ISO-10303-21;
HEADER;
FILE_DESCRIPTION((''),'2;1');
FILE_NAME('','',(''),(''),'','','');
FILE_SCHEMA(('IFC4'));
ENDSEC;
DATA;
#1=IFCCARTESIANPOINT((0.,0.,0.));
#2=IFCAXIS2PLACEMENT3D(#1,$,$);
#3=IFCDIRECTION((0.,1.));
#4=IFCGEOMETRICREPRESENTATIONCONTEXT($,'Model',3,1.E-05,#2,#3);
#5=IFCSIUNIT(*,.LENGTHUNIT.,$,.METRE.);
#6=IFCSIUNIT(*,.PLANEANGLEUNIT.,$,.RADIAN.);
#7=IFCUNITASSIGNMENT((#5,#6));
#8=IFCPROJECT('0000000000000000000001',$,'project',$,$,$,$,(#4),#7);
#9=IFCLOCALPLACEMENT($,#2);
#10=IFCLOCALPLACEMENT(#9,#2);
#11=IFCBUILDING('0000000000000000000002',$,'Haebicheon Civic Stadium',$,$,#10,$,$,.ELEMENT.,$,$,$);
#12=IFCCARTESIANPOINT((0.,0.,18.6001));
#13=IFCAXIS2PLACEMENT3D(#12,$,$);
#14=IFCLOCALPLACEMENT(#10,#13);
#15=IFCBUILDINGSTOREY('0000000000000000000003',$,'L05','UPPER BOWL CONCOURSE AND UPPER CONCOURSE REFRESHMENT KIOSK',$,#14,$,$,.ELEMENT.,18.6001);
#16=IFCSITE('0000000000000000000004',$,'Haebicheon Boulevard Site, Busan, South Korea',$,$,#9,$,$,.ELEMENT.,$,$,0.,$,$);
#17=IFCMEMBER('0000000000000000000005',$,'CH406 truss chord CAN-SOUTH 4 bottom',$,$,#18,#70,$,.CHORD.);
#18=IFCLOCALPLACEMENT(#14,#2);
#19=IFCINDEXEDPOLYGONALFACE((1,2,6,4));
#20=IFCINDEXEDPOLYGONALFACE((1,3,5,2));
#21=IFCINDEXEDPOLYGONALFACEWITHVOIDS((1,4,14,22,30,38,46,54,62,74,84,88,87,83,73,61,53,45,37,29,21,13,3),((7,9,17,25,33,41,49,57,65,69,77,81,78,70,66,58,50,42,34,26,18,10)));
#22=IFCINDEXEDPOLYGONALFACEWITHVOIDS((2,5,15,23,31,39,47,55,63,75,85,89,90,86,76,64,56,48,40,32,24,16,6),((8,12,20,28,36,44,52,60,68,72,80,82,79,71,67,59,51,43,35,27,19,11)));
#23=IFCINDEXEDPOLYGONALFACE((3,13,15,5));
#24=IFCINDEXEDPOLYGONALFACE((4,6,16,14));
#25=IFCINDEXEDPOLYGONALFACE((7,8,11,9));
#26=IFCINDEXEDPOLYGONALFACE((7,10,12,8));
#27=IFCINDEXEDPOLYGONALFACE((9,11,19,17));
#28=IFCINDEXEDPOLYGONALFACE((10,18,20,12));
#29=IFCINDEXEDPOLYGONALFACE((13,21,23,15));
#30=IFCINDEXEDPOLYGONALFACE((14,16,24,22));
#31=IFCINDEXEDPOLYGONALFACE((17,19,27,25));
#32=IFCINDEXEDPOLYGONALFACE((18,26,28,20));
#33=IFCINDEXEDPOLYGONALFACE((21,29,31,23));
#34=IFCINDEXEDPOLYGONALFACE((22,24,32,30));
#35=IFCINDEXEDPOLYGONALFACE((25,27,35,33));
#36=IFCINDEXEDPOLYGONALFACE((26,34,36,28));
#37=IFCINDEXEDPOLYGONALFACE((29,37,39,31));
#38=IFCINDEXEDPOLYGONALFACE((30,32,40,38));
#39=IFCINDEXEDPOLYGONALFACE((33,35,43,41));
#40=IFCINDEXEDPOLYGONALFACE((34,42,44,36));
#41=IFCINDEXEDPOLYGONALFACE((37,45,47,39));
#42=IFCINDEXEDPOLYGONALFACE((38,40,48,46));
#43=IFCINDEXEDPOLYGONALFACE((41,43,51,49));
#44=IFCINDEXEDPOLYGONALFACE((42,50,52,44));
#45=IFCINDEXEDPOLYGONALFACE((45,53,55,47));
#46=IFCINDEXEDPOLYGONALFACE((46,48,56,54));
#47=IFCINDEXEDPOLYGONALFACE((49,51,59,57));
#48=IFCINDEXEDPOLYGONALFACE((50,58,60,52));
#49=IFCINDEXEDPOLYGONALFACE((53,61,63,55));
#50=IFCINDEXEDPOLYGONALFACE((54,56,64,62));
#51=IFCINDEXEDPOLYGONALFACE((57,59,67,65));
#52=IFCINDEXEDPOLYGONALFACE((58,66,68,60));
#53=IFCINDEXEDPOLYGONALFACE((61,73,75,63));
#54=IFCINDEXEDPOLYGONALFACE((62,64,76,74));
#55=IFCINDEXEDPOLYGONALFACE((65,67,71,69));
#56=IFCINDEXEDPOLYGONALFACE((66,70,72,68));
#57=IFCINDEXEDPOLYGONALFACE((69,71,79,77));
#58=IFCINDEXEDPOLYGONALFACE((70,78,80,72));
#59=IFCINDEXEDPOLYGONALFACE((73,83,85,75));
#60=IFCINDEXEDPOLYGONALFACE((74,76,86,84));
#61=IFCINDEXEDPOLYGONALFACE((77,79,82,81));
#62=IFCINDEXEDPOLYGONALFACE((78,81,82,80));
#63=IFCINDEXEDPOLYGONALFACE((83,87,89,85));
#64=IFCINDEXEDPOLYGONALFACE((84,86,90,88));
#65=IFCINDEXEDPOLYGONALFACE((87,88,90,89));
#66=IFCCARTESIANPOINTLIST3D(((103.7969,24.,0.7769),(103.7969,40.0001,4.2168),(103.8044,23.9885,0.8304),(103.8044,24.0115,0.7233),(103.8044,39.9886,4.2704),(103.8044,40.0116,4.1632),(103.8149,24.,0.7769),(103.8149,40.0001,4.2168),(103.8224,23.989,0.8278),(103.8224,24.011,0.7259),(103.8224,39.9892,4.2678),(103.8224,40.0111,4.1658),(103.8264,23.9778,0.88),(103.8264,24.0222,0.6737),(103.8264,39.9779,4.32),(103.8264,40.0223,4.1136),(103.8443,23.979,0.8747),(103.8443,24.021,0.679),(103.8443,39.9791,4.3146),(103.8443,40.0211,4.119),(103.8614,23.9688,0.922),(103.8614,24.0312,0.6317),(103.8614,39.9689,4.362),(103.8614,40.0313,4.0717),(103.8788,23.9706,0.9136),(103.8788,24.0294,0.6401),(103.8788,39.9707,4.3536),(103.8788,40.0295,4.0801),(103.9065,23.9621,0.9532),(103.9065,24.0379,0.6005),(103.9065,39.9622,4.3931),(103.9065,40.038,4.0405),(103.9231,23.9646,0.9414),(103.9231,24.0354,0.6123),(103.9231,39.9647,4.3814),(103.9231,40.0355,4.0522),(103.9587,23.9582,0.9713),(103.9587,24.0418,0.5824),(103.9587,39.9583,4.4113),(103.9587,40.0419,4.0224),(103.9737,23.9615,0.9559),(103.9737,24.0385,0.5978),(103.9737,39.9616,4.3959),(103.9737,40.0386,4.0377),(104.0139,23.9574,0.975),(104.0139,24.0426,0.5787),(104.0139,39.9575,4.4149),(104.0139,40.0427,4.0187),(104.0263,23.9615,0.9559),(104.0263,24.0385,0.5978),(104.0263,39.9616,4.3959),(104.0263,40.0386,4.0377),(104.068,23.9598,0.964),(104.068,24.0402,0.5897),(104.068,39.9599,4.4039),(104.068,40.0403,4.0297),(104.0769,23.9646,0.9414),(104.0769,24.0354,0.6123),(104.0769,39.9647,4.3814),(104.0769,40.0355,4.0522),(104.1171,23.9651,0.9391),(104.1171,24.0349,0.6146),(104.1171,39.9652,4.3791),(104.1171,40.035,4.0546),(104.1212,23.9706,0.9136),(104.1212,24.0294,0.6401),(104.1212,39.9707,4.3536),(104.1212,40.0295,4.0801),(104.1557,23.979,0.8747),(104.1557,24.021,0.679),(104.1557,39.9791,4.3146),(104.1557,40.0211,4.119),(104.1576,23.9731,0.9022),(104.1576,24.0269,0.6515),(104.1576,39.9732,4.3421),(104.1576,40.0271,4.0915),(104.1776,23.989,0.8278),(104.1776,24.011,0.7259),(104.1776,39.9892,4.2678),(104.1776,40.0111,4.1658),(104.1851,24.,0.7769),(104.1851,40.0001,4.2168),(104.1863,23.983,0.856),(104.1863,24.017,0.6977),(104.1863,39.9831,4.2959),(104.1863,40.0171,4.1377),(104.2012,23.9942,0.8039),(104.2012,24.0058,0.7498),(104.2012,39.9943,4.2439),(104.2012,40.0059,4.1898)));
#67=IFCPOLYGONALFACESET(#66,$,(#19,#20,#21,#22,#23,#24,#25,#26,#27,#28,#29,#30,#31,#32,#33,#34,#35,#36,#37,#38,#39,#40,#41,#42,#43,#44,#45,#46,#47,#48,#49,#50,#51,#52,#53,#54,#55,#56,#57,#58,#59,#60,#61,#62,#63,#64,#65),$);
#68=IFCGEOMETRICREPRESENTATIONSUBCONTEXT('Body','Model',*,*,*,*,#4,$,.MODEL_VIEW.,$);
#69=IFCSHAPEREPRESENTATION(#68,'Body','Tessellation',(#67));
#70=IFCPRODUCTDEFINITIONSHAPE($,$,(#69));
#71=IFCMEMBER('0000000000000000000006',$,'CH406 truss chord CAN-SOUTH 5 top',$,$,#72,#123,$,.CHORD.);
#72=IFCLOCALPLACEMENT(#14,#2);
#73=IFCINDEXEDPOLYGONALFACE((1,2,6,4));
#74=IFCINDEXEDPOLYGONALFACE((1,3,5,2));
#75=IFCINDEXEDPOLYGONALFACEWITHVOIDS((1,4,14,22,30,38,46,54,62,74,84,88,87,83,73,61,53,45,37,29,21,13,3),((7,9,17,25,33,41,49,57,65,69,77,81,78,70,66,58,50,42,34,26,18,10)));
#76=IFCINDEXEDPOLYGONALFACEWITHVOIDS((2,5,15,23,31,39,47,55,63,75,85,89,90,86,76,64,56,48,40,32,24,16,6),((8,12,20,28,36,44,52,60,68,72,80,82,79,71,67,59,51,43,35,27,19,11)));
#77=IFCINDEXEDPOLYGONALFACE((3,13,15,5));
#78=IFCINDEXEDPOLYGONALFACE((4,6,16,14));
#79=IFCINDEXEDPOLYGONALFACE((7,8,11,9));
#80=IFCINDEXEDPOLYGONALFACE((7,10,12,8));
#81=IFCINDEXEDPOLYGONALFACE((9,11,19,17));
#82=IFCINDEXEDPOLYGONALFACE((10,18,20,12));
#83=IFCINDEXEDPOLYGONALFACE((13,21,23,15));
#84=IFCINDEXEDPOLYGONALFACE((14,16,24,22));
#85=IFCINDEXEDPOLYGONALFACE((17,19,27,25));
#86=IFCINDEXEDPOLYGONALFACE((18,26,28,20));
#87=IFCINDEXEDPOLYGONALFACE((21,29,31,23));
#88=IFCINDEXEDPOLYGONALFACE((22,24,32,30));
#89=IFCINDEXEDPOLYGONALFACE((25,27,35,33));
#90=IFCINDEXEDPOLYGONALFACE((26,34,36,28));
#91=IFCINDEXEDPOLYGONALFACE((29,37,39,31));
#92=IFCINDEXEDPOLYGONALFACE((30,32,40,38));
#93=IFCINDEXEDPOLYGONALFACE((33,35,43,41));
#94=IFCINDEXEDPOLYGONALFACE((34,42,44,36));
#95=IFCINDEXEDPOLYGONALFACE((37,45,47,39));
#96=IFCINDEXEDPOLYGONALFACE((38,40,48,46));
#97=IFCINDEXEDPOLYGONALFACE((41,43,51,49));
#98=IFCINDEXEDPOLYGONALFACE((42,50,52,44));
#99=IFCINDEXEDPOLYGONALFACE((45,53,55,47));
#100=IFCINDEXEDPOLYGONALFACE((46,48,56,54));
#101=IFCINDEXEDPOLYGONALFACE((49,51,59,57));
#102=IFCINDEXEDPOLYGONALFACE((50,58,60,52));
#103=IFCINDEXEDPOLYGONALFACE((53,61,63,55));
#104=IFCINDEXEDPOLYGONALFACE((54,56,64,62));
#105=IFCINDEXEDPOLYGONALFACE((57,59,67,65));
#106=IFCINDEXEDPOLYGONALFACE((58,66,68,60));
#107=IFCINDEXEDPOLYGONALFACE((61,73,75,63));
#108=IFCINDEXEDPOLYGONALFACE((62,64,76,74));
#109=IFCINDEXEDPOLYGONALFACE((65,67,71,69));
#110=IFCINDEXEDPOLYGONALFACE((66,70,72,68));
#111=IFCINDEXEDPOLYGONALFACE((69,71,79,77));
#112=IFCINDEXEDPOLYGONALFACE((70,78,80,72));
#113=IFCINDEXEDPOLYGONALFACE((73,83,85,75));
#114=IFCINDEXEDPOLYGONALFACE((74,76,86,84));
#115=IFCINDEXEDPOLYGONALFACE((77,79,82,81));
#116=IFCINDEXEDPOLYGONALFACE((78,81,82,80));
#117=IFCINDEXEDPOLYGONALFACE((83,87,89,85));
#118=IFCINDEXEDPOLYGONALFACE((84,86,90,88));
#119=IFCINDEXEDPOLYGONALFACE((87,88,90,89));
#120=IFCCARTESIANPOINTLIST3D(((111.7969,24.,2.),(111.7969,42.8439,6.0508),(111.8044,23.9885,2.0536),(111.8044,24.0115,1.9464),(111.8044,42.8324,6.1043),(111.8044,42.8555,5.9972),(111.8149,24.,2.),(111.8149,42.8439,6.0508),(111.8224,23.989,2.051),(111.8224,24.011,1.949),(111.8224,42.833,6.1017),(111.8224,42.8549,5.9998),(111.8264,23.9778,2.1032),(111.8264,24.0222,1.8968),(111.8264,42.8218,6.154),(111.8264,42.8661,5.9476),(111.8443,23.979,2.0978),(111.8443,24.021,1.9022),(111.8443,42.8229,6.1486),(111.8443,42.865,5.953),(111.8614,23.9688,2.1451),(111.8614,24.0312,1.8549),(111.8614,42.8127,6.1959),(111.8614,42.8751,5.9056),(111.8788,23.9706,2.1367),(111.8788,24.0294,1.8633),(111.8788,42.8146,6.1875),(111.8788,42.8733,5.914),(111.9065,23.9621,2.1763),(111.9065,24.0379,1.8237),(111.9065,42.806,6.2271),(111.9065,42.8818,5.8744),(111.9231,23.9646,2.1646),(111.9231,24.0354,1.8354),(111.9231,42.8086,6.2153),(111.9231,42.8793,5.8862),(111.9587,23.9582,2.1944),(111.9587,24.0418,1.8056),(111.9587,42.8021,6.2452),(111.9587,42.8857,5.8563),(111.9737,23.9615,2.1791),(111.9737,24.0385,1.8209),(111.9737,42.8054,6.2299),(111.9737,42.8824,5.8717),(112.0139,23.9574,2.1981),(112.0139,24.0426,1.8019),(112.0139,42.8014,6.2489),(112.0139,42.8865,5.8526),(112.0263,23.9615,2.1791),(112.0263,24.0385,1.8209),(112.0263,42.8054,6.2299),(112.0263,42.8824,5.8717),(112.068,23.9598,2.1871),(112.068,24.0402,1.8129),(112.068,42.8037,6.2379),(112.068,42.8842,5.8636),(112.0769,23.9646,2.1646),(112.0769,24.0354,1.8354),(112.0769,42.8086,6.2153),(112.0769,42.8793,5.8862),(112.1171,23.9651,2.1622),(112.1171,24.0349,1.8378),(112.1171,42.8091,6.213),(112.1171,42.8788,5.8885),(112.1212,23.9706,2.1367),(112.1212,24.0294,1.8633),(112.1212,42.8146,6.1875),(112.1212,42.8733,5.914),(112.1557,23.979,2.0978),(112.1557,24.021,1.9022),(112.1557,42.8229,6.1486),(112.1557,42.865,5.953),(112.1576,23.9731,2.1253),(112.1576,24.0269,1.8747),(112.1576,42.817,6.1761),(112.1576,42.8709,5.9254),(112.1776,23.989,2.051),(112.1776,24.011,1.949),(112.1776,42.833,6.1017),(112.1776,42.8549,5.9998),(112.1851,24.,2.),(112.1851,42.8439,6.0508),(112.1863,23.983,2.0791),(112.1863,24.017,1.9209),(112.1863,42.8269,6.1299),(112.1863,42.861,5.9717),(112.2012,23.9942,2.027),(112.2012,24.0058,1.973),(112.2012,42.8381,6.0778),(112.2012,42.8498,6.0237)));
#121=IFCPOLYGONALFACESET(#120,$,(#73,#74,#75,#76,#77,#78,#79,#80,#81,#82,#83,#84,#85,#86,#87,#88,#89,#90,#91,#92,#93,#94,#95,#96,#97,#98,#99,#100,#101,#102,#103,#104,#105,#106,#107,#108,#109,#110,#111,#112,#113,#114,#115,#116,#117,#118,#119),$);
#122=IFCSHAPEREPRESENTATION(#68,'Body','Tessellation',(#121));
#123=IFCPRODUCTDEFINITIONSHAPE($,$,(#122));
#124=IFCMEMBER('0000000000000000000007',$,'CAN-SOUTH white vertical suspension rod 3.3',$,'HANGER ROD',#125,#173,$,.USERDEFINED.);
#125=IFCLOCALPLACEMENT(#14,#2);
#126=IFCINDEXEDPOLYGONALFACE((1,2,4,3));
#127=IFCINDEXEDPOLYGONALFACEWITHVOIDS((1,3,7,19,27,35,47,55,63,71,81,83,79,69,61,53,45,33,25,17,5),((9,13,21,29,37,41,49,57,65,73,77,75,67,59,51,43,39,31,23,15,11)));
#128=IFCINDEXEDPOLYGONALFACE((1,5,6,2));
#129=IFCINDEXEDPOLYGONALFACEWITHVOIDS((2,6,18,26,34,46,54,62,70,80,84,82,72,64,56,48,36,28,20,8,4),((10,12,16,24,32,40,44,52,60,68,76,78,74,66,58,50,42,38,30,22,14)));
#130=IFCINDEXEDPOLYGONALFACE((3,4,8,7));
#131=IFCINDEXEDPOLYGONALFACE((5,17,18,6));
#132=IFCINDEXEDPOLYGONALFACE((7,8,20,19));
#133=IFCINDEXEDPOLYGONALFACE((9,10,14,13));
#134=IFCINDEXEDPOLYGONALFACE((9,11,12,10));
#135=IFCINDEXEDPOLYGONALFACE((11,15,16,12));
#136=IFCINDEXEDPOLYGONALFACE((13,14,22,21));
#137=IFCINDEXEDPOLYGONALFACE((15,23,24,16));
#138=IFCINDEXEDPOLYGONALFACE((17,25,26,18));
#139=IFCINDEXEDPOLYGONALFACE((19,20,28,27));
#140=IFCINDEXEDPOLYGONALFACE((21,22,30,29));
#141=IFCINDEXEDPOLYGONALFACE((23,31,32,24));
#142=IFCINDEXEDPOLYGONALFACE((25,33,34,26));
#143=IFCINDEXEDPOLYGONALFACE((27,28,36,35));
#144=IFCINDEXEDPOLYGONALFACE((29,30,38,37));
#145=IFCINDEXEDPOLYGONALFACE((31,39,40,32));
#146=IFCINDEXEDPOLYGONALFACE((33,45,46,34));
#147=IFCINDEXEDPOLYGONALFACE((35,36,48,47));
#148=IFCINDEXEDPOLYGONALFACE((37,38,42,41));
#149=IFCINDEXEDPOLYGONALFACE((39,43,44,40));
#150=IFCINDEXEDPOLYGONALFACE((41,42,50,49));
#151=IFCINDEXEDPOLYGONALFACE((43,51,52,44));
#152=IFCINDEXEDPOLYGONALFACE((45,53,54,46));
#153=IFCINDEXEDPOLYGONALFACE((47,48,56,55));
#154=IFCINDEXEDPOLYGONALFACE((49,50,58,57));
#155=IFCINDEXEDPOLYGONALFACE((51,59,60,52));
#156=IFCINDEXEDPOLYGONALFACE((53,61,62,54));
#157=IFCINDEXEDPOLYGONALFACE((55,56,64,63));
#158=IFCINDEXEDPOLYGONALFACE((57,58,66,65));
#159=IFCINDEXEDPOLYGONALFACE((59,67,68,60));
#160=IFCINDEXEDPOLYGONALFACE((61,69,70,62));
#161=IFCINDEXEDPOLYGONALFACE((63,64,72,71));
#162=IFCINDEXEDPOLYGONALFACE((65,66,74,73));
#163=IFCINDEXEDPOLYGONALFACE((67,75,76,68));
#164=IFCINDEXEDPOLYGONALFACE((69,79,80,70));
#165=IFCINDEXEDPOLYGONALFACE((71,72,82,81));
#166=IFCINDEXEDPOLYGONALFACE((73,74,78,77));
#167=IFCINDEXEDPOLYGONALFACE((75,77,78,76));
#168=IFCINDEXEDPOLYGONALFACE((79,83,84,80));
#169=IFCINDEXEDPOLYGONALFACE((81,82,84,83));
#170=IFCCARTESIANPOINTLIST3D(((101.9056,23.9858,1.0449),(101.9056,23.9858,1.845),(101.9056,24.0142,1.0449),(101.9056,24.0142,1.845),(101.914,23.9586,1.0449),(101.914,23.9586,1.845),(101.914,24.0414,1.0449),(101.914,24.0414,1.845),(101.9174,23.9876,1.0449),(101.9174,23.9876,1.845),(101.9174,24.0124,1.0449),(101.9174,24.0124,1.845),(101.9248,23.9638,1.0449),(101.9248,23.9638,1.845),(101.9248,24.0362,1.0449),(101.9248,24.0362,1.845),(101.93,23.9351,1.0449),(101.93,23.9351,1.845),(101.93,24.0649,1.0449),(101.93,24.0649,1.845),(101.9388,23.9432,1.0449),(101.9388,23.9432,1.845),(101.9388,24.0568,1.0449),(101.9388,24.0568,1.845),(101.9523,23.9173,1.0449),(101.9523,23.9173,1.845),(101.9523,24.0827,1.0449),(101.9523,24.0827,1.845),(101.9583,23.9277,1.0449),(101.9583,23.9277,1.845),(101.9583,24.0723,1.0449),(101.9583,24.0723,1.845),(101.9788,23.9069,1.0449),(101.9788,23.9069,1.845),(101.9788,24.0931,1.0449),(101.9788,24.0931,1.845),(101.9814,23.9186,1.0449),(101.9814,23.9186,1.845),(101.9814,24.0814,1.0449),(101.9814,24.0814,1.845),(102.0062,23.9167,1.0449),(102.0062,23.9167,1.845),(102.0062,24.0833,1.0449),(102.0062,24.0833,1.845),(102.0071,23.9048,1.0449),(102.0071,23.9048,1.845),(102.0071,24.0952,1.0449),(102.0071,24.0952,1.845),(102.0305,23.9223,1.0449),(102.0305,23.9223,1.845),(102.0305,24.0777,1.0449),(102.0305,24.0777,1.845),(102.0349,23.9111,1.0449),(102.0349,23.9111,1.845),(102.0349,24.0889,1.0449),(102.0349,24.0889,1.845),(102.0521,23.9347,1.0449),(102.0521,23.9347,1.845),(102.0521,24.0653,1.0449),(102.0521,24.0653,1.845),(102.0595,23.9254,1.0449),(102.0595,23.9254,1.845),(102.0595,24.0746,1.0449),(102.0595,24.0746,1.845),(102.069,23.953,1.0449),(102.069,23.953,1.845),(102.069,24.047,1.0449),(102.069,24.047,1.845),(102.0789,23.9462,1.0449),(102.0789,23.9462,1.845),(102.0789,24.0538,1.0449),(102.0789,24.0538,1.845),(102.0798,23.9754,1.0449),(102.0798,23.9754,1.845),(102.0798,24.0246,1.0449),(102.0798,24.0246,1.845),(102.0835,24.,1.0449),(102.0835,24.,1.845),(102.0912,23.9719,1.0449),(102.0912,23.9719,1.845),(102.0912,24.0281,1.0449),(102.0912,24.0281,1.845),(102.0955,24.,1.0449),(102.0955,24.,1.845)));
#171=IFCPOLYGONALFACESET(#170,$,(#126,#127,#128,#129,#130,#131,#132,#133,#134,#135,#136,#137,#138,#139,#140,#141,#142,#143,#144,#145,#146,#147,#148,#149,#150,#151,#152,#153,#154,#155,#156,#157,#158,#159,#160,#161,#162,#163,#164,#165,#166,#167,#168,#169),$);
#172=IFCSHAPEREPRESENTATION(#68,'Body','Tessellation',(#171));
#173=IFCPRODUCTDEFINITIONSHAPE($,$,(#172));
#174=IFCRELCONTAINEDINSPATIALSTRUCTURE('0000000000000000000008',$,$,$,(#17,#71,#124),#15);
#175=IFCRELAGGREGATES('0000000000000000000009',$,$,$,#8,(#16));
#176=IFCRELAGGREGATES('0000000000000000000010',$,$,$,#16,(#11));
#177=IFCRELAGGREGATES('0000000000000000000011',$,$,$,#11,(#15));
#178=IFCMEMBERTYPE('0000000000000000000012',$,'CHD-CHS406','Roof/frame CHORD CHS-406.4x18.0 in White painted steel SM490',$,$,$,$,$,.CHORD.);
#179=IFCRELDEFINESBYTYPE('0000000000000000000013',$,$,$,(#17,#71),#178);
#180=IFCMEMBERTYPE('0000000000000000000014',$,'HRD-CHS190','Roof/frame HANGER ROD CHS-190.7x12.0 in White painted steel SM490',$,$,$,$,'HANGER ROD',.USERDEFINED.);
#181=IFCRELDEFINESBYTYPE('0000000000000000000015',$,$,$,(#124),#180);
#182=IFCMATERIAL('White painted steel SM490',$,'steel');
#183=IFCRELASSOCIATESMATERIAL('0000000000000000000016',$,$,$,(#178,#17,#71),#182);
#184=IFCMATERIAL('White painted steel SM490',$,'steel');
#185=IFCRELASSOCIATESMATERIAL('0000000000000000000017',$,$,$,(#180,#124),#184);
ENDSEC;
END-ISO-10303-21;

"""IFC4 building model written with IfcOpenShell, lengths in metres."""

from ifc_helpers import new_model, si_unit, direction, frame, origin, origin_2d, place, context, subcontext, project, spatial, hollow_circle, extrude, material, material_profile, profile_set, type_object, element, save


model = new_model("IFC4")

# Units and contexts
model_context = context("Model", 3, precision=1e-05, world=origin(), true_north=direction((0.0, 1.0)))
body_context = subcontext(model_context, "Body", "Model", "MODEL_VIEW")
ifc_project = project(units=[si_unit("LENGTHUNIT", "METRE"), si_unit("PLANEANGLEUNIT", "RADIAN")], contexts=[model_context])

# Site, building, storey
site_placement = place(None, origin())
site = spatial("IfcSite", under=ifc_project, at=site_placement, Name="Haebicheon Boulevard Site, Busan, South Korea", CompositionType="ELEMENT", RefElevation=0.0)
building_placement = place(site_placement, origin())
building = spatial("IfcBuilding", under=site, at=building_placement, Name="Haebicheon Civic Stadium", CompositionType="ELEMENT")
storey_placement = place(building_placement, frame((0.0, 0.0, 18.6001)))
storey = spatial("IfcBuildingStorey", under=building, at=storey_placement, Name="L05", Description="UPPER BOWL CONCOURSE AND UPPER CONCOURSE REFRESHMENT KIOSK", CompositionType="ELEMENT", Elevation=18.6001)

# Members
ifc_material_1 = material(Name="White painted steel SM490", Category="steel")
ifc_material_profile_1 = material_profile(ifc_material_1, hollow_circle(Radius=0.2031, WallThickness=0.0181, at=origin_2d()), Name="CHS-406.4x18.0")
ifc_profile_set_1 = profile_set([ifc_material_profile_1], Name="White painted steel SM490")
member_type_1 = type_object("IfcMemberType", Name="CHD-CHS406", Description="Roof/frame CHORD CHS-406.4x18.0 in White painted steel SM490", PredefinedType="CHORD", material=ifc_profile_set_1)
member_1_placement = place(storey_placement, frame((104.0, 24.0, 0.7769), z_axis=(0.0, 0.97766, 0.210193), x_axis=(-1.0, 0.0, 0.0)))
element("IfcMember", 1, at=member_1_placement, inside=storey, type_object=member_type_1, material=ifc_profile_set_1, Name="CH406 truss chord CAN-SOUTH 4 bottom", PredefinedType="CHORD", context=body_context, shape_type="SweptSolid", body=[
    extrude(hollow_circle(Radius=0.2031, WallThickness=0.0181, at=origin_2d()), origin(), (0.0, 0.0, 1.0), 16.3657),
])
member_2_placement = place(storey_placement, frame((112.0, 24.0, 2.0), z_axis=(0.0, 0.977666, 0.210163), x_axis=(-1.0, 0.0, 0.0)))
element("IfcMember", 2, at=member_2_placement, inside=storey, type_object=member_type_1, material=ifc_profile_set_1, Name="CH406 truss chord CAN-SOUTH 5 top", PredefinedType="CHORD", context=body_context, shape_type="SweptSolid", body=[
    extrude(hollow_circle(Radius=0.2031, WallThickness=0.0181, at=origin_2d()), origin(), (0.0, 0.0, 1.0), 19.2744),
])
ifc_material_2 = material(Name="White painted steel SM490", Category="steel")
ifc_material_profile_2 = material_profile(ifc_material_2, hollow_circle(Radius=0.0955, WallThickness=0.012, at=origin_2d()), Name="CHS-190.7x12.0")
ifc_profile_set_2 = profile_set([ifc_material_profile_2], Name="White painted steel SM490")
member_type_2 = type_object("IfcMemberType", Name="HRD-CHS190", Description="Roof/frame HANGER ROD CHS-190.7x12.0 in White painted steel SM490", ElementType="HANGER ROD", PredefinedType="USERDEFINED", material=ifc_profile_set_2)
for number, where, z_axis, x_axis, name in (
    (3, (102.0, 24.0, 1.0449), (0.0, 0.0, 1.0), (1.0, 0.0, 0.0), "CAN-SOUTH white vertical suspension rod 3.3"),
):
    element("IfcMember", number, at=place(storey_placement, frame(where, z_axis=z_axis, x_axis=x_axis)), inside=storey, type_object=member_type_2, material=ifc_profile_set_2, Name=name, ObjectType="HANGER ROD", PredefinedType="USERDEFINED", context=body_context, shape_type="SweptSolid", body=[
        extrude(hollow_circle(Radius=0.0955, WallThickness=0.012, at=origin_2d()), origin(), (0.0, 0.0, 1.0), 0.8),
    ])

save(model, "model.ifc")
